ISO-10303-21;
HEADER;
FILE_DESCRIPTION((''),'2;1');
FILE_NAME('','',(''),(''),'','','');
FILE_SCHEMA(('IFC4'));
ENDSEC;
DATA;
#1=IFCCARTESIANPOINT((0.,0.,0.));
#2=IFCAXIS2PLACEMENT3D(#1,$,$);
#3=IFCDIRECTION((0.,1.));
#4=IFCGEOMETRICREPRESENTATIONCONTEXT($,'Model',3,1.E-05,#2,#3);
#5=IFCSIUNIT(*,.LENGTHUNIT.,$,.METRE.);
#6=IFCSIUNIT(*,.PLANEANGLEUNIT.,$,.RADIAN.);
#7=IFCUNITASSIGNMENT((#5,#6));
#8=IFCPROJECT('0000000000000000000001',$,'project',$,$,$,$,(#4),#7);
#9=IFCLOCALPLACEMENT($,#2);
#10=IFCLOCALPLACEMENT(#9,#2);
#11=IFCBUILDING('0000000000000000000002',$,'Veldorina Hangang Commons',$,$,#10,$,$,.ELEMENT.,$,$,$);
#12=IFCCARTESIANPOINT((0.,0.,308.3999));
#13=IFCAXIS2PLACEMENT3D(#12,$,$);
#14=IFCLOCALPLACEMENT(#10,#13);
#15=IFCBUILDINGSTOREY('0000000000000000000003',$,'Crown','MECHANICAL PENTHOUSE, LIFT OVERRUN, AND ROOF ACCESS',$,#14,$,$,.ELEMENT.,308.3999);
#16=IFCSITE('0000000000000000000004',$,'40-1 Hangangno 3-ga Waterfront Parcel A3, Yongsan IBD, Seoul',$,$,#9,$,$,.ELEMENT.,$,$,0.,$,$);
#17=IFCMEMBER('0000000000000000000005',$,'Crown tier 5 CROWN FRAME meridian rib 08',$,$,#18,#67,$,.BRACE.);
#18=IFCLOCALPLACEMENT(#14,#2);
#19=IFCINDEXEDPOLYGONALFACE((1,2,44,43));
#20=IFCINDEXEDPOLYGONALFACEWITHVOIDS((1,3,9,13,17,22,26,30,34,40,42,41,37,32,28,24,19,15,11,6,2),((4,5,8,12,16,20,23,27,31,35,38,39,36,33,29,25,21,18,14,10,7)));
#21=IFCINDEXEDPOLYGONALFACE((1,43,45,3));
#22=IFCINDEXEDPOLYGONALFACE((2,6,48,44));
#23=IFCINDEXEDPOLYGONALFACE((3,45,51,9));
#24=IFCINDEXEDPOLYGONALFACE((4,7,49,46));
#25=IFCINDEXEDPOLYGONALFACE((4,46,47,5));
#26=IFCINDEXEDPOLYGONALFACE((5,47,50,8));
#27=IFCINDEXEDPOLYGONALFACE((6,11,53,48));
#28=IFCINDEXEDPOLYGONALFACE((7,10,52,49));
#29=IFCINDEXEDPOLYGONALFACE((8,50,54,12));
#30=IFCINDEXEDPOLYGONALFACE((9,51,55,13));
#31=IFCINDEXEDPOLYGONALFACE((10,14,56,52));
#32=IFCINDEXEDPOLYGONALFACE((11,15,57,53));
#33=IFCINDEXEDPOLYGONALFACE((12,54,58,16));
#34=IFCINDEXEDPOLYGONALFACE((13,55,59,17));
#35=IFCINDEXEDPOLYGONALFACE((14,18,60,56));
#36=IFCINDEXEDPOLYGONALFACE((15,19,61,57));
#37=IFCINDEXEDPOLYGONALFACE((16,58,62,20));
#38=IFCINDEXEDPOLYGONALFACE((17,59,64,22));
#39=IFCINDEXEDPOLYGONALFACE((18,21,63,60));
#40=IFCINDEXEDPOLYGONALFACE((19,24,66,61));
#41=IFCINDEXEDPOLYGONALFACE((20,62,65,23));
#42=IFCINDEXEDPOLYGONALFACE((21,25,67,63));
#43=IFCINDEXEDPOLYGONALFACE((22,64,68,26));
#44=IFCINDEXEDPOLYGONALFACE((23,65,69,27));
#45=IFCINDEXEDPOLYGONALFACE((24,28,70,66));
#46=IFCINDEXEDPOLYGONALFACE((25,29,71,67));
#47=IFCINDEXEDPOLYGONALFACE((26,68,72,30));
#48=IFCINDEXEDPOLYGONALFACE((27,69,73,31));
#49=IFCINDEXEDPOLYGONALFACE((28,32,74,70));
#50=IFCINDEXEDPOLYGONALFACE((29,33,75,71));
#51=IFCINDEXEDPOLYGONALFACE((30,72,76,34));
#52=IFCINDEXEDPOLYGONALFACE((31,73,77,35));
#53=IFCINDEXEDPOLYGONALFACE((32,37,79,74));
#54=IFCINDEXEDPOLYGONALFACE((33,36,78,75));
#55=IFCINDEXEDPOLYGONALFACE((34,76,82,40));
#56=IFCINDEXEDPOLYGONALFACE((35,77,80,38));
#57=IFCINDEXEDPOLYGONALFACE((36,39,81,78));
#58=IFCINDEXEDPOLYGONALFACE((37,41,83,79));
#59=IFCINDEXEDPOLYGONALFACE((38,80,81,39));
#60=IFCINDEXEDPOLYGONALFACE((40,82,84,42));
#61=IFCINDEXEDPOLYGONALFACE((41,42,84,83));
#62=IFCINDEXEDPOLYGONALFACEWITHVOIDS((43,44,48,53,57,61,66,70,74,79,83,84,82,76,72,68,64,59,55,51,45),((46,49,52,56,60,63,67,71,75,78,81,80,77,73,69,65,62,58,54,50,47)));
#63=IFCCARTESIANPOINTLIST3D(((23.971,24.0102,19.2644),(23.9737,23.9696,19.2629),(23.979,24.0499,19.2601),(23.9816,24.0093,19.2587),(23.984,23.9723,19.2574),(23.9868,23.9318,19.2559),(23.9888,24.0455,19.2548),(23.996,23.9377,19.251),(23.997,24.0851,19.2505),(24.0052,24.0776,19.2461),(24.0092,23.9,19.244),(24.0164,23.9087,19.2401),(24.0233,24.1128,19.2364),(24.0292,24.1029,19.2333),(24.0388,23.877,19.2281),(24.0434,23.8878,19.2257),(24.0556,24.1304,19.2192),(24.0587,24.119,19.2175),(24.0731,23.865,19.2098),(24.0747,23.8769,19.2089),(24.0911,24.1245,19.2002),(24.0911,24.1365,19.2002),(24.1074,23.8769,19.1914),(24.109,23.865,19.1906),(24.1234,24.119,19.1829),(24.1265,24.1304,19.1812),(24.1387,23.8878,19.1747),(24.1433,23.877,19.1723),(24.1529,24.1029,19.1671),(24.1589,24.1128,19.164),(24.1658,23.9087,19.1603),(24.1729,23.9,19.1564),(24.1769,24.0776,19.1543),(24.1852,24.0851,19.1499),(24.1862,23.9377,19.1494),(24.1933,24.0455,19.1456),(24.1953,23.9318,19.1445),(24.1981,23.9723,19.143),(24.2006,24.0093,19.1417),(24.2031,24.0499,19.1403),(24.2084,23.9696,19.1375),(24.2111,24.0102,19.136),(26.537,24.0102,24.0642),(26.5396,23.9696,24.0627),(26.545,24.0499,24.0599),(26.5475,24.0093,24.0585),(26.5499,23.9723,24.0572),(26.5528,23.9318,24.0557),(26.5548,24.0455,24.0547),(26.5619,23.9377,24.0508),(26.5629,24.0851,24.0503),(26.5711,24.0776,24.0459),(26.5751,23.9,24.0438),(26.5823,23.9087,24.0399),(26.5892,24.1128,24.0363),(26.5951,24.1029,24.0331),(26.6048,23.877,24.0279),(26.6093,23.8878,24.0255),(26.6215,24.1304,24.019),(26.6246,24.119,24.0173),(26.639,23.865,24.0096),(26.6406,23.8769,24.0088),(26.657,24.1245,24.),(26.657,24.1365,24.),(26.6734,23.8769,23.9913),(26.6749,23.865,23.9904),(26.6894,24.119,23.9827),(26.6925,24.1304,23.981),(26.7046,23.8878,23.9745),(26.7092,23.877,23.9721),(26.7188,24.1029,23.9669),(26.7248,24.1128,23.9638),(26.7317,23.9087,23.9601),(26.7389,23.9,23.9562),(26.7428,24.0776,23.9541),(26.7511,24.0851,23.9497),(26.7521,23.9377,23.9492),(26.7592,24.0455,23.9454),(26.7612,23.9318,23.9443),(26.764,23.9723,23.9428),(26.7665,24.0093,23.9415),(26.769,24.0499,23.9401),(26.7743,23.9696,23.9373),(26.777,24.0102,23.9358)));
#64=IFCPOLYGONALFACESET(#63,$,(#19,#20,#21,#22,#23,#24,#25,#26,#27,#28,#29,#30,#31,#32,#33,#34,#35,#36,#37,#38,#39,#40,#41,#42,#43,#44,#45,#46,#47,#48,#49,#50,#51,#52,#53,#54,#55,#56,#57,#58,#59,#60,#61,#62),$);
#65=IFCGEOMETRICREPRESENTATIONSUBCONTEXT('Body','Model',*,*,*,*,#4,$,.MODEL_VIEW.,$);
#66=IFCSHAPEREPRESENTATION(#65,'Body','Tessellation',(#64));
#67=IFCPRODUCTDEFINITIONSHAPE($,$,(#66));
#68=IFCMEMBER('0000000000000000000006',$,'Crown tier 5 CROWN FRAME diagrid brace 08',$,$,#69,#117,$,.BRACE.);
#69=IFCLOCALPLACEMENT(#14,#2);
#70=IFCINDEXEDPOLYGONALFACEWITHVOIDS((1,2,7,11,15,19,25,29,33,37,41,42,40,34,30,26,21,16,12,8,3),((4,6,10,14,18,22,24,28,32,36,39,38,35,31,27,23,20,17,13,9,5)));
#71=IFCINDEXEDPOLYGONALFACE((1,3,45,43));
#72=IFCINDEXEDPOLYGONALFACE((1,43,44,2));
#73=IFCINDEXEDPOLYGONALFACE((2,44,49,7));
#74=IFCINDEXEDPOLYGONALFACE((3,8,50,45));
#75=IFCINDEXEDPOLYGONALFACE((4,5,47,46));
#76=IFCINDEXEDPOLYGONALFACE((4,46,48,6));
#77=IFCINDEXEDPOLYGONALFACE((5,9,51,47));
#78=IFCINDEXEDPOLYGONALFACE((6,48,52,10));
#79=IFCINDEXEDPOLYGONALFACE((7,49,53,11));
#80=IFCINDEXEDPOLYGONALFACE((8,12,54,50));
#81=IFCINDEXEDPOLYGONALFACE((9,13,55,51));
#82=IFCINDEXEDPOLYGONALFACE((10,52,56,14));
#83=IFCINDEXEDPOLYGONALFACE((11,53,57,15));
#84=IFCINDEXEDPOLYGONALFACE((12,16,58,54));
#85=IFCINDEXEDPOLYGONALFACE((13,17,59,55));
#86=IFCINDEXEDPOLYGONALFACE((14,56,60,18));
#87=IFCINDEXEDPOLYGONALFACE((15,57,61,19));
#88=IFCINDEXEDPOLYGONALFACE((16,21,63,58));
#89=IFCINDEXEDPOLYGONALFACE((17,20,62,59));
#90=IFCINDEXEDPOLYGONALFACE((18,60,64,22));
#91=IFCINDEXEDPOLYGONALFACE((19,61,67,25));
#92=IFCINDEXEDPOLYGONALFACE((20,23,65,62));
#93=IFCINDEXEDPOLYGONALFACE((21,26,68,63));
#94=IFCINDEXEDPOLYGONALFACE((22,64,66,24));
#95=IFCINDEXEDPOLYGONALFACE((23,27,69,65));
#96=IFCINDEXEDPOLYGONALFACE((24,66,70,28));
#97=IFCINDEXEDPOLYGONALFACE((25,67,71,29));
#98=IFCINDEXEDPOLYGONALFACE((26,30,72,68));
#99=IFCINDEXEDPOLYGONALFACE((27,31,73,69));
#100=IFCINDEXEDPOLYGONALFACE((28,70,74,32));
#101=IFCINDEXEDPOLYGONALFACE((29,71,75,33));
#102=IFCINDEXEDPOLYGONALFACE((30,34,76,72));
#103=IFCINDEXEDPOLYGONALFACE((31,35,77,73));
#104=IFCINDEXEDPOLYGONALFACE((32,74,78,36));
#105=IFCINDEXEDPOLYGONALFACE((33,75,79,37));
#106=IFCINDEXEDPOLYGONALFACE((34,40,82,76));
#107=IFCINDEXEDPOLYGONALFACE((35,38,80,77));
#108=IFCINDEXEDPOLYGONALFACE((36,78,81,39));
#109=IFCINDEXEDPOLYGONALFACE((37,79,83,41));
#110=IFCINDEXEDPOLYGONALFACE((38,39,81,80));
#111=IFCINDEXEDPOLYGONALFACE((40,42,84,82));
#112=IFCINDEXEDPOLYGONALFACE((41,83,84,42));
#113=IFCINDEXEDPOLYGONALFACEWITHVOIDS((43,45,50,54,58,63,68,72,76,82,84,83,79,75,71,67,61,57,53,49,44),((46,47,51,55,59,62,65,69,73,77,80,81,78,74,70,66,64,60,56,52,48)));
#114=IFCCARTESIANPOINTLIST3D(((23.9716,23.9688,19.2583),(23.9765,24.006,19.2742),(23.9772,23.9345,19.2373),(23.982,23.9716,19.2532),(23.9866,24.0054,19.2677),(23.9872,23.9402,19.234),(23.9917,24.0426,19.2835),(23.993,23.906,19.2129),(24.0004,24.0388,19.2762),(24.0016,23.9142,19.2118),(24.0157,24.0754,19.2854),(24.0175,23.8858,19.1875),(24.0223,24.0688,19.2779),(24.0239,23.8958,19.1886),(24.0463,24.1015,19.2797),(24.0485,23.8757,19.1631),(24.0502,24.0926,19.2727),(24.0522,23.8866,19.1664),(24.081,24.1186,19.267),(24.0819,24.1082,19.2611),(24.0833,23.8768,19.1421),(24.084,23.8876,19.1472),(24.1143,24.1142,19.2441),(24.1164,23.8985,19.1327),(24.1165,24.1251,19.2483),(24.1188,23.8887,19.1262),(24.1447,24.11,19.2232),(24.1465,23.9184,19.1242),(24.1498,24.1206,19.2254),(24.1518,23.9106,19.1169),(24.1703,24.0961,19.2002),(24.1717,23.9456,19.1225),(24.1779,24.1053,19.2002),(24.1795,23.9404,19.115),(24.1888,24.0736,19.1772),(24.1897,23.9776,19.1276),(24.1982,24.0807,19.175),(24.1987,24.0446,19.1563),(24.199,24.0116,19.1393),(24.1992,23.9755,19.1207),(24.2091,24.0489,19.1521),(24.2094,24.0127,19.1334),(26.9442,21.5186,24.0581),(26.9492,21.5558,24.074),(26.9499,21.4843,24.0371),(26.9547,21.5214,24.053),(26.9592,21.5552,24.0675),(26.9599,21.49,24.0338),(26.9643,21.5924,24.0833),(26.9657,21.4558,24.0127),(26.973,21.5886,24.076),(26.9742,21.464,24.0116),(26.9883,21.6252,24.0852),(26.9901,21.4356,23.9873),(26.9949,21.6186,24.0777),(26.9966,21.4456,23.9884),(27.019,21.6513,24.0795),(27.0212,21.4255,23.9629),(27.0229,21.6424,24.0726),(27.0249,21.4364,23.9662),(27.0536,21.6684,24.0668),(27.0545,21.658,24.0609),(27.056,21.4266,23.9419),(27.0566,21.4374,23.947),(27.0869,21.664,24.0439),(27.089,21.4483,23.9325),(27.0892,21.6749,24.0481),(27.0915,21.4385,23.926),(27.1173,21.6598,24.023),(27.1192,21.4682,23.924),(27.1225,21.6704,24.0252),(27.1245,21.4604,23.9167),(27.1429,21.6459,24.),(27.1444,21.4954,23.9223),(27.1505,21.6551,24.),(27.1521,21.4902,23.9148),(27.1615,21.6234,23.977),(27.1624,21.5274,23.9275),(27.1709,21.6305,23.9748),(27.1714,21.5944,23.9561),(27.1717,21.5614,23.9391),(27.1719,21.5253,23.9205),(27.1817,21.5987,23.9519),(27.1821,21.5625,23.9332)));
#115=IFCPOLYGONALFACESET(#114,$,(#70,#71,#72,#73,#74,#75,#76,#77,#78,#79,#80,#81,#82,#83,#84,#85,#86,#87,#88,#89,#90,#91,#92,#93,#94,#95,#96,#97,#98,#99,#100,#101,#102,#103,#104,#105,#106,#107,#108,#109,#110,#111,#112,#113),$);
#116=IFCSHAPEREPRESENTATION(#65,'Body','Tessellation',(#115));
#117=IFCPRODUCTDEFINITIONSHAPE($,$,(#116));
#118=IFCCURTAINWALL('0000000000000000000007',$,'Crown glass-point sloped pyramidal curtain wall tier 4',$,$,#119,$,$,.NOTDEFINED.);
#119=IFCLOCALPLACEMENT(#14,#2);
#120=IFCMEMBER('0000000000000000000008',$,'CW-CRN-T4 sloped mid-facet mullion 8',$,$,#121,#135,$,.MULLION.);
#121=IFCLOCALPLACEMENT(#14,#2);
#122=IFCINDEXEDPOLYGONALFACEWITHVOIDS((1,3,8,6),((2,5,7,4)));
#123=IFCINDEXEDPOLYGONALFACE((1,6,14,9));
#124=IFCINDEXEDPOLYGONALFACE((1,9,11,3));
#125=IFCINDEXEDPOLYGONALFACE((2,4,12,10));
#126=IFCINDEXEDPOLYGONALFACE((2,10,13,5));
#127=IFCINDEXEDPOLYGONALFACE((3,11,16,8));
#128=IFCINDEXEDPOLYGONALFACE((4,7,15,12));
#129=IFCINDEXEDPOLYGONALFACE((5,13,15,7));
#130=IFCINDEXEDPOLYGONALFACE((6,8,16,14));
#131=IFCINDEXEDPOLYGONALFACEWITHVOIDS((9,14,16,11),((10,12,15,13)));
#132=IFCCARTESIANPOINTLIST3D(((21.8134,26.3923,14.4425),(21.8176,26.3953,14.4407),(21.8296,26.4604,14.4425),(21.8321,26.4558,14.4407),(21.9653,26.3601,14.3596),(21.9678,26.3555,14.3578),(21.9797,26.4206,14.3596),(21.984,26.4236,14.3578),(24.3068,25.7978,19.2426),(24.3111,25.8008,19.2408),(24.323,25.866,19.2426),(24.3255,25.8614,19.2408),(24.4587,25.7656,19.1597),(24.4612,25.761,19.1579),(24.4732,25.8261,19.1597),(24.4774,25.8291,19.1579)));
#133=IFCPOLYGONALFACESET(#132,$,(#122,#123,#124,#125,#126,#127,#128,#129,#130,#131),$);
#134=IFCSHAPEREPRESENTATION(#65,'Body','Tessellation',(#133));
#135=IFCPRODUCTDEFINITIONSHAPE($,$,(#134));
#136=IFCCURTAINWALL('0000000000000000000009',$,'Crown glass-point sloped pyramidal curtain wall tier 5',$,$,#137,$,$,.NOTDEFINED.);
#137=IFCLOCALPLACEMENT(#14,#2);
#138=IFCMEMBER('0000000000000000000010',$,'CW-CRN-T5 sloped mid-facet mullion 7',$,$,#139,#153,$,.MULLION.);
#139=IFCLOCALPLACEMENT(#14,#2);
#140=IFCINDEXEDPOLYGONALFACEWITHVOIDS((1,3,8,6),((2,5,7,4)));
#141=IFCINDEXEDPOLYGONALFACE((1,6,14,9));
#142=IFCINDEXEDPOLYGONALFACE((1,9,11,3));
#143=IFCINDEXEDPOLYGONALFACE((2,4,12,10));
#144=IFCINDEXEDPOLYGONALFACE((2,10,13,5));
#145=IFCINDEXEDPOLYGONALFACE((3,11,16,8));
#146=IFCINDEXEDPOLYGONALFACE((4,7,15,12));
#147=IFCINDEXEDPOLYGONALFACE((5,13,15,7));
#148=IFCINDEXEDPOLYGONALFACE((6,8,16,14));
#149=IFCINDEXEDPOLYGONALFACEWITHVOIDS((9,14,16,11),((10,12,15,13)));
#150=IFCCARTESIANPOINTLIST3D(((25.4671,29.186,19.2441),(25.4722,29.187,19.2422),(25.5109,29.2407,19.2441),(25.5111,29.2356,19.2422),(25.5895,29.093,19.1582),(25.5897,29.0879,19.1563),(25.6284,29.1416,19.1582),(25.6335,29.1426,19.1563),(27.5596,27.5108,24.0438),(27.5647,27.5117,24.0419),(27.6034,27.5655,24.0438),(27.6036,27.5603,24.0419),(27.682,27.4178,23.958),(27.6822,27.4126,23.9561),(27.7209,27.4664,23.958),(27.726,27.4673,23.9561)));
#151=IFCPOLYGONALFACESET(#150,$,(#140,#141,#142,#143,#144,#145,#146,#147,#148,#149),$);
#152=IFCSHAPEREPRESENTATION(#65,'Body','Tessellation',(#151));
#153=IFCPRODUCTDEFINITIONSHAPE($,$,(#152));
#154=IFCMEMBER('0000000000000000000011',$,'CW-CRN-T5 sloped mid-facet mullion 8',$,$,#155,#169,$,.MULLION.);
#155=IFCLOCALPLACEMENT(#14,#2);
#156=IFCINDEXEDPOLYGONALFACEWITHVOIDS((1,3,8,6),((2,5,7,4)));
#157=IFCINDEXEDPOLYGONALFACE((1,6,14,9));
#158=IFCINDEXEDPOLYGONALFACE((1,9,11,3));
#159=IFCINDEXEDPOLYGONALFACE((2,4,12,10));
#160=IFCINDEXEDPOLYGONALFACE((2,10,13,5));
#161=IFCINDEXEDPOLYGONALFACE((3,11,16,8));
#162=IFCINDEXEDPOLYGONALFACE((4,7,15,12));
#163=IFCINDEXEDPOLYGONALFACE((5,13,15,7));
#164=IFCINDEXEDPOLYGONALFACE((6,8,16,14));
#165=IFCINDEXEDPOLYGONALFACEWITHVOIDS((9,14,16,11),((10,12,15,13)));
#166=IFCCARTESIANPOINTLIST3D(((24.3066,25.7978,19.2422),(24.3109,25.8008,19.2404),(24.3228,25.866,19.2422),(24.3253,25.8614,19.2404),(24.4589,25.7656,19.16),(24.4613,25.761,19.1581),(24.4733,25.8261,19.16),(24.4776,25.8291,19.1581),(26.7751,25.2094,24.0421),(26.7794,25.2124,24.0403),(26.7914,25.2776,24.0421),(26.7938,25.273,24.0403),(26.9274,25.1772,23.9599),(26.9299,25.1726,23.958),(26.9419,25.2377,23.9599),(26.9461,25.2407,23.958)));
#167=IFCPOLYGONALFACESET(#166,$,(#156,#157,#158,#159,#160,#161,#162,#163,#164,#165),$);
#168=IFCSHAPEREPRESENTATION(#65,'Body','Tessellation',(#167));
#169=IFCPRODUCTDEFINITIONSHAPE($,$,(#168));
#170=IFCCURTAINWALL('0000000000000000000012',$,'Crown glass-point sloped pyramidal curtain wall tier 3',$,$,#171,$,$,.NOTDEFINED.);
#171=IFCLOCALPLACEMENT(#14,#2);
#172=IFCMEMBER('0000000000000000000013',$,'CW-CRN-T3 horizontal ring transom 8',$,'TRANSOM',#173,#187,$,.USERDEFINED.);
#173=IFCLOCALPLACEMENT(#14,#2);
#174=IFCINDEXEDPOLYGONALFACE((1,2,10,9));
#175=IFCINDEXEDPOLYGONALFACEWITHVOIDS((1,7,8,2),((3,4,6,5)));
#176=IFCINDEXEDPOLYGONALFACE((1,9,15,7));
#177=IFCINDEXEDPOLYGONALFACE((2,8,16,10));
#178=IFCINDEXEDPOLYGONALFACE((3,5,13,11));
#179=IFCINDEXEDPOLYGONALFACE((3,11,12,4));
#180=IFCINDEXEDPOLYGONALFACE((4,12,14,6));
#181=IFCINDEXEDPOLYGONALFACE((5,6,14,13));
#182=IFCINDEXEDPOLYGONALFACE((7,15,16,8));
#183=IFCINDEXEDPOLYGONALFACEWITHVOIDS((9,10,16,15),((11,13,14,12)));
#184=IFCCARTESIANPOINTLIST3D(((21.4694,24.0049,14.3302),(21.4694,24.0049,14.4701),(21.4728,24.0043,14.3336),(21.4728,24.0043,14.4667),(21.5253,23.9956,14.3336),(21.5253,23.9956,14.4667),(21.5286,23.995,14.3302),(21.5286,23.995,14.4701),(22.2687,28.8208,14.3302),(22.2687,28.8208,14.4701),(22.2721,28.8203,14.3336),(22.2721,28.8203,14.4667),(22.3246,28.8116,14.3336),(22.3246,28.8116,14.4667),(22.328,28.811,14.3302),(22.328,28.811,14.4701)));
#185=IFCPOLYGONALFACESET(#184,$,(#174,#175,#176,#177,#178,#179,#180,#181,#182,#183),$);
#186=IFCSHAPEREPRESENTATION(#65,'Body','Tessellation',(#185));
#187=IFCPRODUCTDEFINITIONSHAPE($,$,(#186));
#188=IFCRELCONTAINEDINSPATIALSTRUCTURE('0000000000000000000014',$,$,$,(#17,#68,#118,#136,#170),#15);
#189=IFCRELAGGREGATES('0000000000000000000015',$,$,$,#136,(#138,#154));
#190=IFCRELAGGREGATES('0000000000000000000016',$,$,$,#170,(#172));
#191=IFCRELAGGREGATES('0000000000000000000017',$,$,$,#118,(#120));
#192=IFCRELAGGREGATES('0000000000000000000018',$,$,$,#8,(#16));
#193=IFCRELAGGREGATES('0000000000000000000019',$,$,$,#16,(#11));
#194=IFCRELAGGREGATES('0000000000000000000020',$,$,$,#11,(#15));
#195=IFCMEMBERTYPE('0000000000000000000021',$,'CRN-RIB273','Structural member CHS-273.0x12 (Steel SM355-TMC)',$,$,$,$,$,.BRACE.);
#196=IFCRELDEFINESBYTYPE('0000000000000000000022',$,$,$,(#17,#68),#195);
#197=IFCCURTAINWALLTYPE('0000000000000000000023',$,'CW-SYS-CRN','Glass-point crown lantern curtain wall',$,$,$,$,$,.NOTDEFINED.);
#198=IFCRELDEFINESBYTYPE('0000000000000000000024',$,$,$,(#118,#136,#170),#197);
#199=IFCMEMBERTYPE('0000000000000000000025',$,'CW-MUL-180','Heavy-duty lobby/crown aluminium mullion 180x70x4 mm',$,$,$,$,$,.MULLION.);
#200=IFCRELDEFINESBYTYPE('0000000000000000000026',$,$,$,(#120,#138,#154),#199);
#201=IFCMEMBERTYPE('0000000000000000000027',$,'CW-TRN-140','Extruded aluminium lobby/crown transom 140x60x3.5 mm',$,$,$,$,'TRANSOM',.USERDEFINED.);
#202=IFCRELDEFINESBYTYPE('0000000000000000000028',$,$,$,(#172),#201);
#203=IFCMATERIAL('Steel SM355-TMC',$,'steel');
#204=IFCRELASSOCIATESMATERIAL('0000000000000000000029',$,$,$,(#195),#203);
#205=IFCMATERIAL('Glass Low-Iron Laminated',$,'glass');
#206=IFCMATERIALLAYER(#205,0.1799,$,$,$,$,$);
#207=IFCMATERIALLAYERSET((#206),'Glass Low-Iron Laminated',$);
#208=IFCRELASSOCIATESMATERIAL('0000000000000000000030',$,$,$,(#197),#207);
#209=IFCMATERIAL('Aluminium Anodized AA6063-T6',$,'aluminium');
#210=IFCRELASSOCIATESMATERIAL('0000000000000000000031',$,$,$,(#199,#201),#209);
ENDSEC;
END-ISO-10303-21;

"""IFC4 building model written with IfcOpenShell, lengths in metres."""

from ifc_helpers import new_model, si_unit, direction, frame, origin, origin_2d, place, context, subcontext, project, spatial, hollow_rectangle, hollow_circle, extrude, material, layer, layer_set, material_profile, profile_set, type_object, element, aggregate, save


model = new_model("IFC4")

# Units and contexts
model_context = context("Model", 3, precision=1e-05, world=origin(), true_north=direction((0.0, 1.0)))
body_context = subcontext(model_context, "Body", "Model", "MODEL_VIEW")
ifc_project = project(units=[si_unit("LENGTHUNIT", "METRE"), si_unit("PLANEANGLEUNIT", "RADIAN")], contexts=[model_context])

# Site, building, storey
site_placement = place(None, origin())
site = spatial("IfcSite", under=ifc_project, at=site_placement, Name="40-1 Hangangno 3-ga Waterfront Parcel A3, Yongsan IBD, Seoul", CompositionType="ELEMENT", RefElevation=0.0)
building_placement = place(site_placement, origin())
building = spatial("IfcBuilding", under=site, at=building_placement, Name="Veldorina Hangang Commons", CompositionType="ELEMENT")
storey_placement = place(building_placement, frame((0.0, 0.0, 308.3999)))
storey = spatial("IfcBuildingStorey", under=building, at=storey_placement, Name="Crown", Description="MECHANICAL PENTHOUSE, LIFT OVERRUN, AND ROOF ACCESS", CompositionType="ELEMENT", Elevation=308.3999)

# Members
ifc_material_1 = material(Name="Steel SM355-TMC", Category="steel")
ifc_material_profile_1 = material_profile(ifc_material_1, hollow_circle(Radius=0.1365, WallThickness=0.012, at=origin_2d()), Name="CHS-273.0x12")
ifc_profile_set_1 = profile_set([ifc_material_profile_1], Name="Steel SM355-TMC")
member_type_1 = type_object("IfcMemberType", Name="CRN-RIB273", Description="Structural member CHS-273.0x12 (Steel SM355-TMC)", PredefinedType="BRACE", material=ifc_profile_set_1)
member_1_placement = place(storey_placement, frame((24.0911, 24.0, 19.2002), z_axis=(0.471449, 0.0, 0.881893), x_axis=(0.0, 1.0, 0.0)))
element("IfcMember", 1, at=member_1_placement, inside=storey, type_object=member_type_1, Name="Crown tier 5 CROWN FRAME meridian rib 08", PredefinedType="BRACE", context=body_context, shape_type="SweptSolid", body=[
    extrude(hollow_circle(Radius=0.1365, WallThickness=0.012, at=origin_2d()), origin(), (0.0, 0.0, 1.0), 5.4426),
])
member_2_placement = place(storey_placement, frame((24.0911, 24.0, 19.2002), z_axis=(0.483003, -0.398112, 0.779881), x_axis=(0.636036, 0.771659, 0.0)))
element("IfcMember", 2, at=member_2_placement, inside=storey, type_object=member_type_1, Name="Crown tier 5 CROWN FRAME diagrid brace 08", PredefinedType="BRACE", context=body_context, shape_type="SweptSolid", body=[
    extrude(hollow_circle(Radius=0.1365, WallThickness=0.012, at=origin_2d()), origin(), (0.0, 0.0, 1.0), 6.1545),
])

# Curtain wall, member
ifc_material_2 = material(Name="Glass Low-Iron Laminated", Category="glass")
ifc_layer_1 = layer(ifc_material_2, 0.1799)
ifc_layer_set_1 = layer_set([ifc_layer_1], Name="Glass Low-Iron Laminated")
curtain_wall_type = type_object("IfcCurtainWallType", Name="CW-SYS-CRN", Description="Glass-point crown lantern curtain wall", PredefinedType="NOTDEFINED", material=ifc_layer_set_1)
curtain_wall_1_placement = place(storey_placement, origin())
curtain_wall_1 = element("IfcCurtainWall", 3, at=curtain_wall_1_placement, inside=storey, type_object=curtain_wall_type, Name="Crown glass-point sloped pyramidal curtain wall tier 4", PredefinedType="NOTDEFINED")
ifc_material_3 = material(Name="Aluminium Anodized AA6063-T6", Category="aluminium")
ifc_material_profile_2 = material_profile(ifc_material_3, hollow_rectangle(XDim=0.0701, YDim=0.1799, WallThickness=0.0039, at=origin_2d()), Name="ALU-RHS-180x70x4")
ifc_profile_set_2 = profile_set([ifc_material_profile_2], Name="Aluminium Anodized AA6063-T6")
member_type_2 = type_object("IfcMemberType", Name="CW-MUL-180", Description="Heavy-duty lobby/crown aluminium mullion 180x70x4 mm", PredefinedType="MULLION", material=ifc_profile_set_2)
member_3_placement = place(storey_placement, frame((21.8987, 26.408, 14.4001), z_axis=(0.458213, -0.109248, 0.882103), x_axis=(0.231921, 0.972735, 0.0)))
member_3 = element("IfcMember", 4, at=member_3_placement, type_object=member_type_2, Name="CW-CRN-T4 sloped mid-facet mullion 8", PredefinedType="MULLION", context=body_context, shape_type="SweptSolid", body=[
    extrude(hollow_rectangle(XDim=0.0701, YDim=0.1799, WallThickness=0.0039, at=origin_2d()), origin(), (0.0, 0.0, 1.0), 5.4417),
])

# Curtain walls, members
curtain_wall_2_placement = place(storey_placement, origin())
curtain_wall_2 = element("IfcCurtainWall", 5, at=curtain_wall_2_placement, inside=storey, type_object=curtain_wall_type, Name="Crown glass-point sloped pyramidal curtain wall tier 5", PredefinedType="NOTDEFINED")
member_4_placement = place(storey_placement, frame((25.5503, 29.1643, 19.2002), z_axis=(0.380627, -0.304733, 0.873076), x_axis=(0.624984, 0.780638, 0.0)))
member_4 = element("IfcMember", 6, at=member_4_placement, type_object=member_type_2, Name="CW-CRN-T5 sloped mid-facet mullion 7", PredefinedType="MULLION", context=body_context, shape_type="SweptSolid", body=[
    extrude(hollow_rectangle(XDim=0.0701, YDim=0.1799, WallThickness=0.0039, at=origin_2d()), origin(), (0.0, 0.0, 1.0), 5.4976),
])
member_5_placement = place(storey_placement, frame((24.3921, 25.8135, 19.2002), z_axis=(0.45466, -0.10837, 0.884048), x_axis=(0.231859, 0.972749, 0.0)))
member_5 = element("IfcMember", 7, at=member_5_placement, type_object=member_type_2, Name="CW-CRN-T5 sloped mid-facet mullion 8", PredefinedType="MULLION", context=body_context, shape_type="SweptSolid", body=[
    extrude(hollow_rectangle(XDim=0.0701, YDim=0.1799, WallThickness=0.0039, at=origin_2d()), origin(), (0.0, 0.0, 1.0), 5.4294),
])
aggregate(curtain_wall_2, [member_4, member_5])
curtain_wall_3_placement = place(storey_placement, origin())
curtain_wall_3 = element("IfcCurtainWall", 8, at=curtain_wall_3_placement, inside=storey, type_object=curtain_wall_type, Name="Crown glass-point sloped pyramidal curtain wall tier 3", PredefinedType="NOTDEFINED")
ifc_material_profile_3 = material_profile(ifc_material_3, hollow_rectangle(XDim=0.0601, YDim=0.1399, WallThickness=0.0034, at=origin_2d()), Name="ALU-RHS-140x60x3.5")
ifc_profile_set_3 = profile_set([ifc_material_profile_3], Name="Aluminium Anodized AA6063-T6")
member_type_3 = type_object("IfcMemberType", Name="CW-TRN-140", Description="Extruded aluminium lobby/crown transom 140x60x3.5 mm", ElementType="TRANSOM", PredefinedType="USERDEFINED", material=ifc_profile_set_3)
member_6_placement = place(storey_placement, frame((22.2983, 28.8159, 14.4001), z_axis=(-0.163734, -0.986505, 0.0), x_axis=(0.986505, -0.163734, 0.0)))
member_6 = element("IfcMember", 9, at=member_6_placement, type_object=member_type_3, Name="CW-CRN-T3 horizontal ring transom 8", ObjectType="TRANSOM", PredefinedType="USERDEFINED", context=body_context, shape_type="SweptSolid", body=[
    extrude(hollow_rectangle(XDim=0.0601, YDim=0.1399, WallThickness=0.0034, at=origin_2d()), origin(), (0.0, 0.0, 1.0), 4.8818),
])
aggregate(curtain_wall_3, [member_6])

aggregate(curtain_wall_1, [member_3])

save(model, "model.ifc")
